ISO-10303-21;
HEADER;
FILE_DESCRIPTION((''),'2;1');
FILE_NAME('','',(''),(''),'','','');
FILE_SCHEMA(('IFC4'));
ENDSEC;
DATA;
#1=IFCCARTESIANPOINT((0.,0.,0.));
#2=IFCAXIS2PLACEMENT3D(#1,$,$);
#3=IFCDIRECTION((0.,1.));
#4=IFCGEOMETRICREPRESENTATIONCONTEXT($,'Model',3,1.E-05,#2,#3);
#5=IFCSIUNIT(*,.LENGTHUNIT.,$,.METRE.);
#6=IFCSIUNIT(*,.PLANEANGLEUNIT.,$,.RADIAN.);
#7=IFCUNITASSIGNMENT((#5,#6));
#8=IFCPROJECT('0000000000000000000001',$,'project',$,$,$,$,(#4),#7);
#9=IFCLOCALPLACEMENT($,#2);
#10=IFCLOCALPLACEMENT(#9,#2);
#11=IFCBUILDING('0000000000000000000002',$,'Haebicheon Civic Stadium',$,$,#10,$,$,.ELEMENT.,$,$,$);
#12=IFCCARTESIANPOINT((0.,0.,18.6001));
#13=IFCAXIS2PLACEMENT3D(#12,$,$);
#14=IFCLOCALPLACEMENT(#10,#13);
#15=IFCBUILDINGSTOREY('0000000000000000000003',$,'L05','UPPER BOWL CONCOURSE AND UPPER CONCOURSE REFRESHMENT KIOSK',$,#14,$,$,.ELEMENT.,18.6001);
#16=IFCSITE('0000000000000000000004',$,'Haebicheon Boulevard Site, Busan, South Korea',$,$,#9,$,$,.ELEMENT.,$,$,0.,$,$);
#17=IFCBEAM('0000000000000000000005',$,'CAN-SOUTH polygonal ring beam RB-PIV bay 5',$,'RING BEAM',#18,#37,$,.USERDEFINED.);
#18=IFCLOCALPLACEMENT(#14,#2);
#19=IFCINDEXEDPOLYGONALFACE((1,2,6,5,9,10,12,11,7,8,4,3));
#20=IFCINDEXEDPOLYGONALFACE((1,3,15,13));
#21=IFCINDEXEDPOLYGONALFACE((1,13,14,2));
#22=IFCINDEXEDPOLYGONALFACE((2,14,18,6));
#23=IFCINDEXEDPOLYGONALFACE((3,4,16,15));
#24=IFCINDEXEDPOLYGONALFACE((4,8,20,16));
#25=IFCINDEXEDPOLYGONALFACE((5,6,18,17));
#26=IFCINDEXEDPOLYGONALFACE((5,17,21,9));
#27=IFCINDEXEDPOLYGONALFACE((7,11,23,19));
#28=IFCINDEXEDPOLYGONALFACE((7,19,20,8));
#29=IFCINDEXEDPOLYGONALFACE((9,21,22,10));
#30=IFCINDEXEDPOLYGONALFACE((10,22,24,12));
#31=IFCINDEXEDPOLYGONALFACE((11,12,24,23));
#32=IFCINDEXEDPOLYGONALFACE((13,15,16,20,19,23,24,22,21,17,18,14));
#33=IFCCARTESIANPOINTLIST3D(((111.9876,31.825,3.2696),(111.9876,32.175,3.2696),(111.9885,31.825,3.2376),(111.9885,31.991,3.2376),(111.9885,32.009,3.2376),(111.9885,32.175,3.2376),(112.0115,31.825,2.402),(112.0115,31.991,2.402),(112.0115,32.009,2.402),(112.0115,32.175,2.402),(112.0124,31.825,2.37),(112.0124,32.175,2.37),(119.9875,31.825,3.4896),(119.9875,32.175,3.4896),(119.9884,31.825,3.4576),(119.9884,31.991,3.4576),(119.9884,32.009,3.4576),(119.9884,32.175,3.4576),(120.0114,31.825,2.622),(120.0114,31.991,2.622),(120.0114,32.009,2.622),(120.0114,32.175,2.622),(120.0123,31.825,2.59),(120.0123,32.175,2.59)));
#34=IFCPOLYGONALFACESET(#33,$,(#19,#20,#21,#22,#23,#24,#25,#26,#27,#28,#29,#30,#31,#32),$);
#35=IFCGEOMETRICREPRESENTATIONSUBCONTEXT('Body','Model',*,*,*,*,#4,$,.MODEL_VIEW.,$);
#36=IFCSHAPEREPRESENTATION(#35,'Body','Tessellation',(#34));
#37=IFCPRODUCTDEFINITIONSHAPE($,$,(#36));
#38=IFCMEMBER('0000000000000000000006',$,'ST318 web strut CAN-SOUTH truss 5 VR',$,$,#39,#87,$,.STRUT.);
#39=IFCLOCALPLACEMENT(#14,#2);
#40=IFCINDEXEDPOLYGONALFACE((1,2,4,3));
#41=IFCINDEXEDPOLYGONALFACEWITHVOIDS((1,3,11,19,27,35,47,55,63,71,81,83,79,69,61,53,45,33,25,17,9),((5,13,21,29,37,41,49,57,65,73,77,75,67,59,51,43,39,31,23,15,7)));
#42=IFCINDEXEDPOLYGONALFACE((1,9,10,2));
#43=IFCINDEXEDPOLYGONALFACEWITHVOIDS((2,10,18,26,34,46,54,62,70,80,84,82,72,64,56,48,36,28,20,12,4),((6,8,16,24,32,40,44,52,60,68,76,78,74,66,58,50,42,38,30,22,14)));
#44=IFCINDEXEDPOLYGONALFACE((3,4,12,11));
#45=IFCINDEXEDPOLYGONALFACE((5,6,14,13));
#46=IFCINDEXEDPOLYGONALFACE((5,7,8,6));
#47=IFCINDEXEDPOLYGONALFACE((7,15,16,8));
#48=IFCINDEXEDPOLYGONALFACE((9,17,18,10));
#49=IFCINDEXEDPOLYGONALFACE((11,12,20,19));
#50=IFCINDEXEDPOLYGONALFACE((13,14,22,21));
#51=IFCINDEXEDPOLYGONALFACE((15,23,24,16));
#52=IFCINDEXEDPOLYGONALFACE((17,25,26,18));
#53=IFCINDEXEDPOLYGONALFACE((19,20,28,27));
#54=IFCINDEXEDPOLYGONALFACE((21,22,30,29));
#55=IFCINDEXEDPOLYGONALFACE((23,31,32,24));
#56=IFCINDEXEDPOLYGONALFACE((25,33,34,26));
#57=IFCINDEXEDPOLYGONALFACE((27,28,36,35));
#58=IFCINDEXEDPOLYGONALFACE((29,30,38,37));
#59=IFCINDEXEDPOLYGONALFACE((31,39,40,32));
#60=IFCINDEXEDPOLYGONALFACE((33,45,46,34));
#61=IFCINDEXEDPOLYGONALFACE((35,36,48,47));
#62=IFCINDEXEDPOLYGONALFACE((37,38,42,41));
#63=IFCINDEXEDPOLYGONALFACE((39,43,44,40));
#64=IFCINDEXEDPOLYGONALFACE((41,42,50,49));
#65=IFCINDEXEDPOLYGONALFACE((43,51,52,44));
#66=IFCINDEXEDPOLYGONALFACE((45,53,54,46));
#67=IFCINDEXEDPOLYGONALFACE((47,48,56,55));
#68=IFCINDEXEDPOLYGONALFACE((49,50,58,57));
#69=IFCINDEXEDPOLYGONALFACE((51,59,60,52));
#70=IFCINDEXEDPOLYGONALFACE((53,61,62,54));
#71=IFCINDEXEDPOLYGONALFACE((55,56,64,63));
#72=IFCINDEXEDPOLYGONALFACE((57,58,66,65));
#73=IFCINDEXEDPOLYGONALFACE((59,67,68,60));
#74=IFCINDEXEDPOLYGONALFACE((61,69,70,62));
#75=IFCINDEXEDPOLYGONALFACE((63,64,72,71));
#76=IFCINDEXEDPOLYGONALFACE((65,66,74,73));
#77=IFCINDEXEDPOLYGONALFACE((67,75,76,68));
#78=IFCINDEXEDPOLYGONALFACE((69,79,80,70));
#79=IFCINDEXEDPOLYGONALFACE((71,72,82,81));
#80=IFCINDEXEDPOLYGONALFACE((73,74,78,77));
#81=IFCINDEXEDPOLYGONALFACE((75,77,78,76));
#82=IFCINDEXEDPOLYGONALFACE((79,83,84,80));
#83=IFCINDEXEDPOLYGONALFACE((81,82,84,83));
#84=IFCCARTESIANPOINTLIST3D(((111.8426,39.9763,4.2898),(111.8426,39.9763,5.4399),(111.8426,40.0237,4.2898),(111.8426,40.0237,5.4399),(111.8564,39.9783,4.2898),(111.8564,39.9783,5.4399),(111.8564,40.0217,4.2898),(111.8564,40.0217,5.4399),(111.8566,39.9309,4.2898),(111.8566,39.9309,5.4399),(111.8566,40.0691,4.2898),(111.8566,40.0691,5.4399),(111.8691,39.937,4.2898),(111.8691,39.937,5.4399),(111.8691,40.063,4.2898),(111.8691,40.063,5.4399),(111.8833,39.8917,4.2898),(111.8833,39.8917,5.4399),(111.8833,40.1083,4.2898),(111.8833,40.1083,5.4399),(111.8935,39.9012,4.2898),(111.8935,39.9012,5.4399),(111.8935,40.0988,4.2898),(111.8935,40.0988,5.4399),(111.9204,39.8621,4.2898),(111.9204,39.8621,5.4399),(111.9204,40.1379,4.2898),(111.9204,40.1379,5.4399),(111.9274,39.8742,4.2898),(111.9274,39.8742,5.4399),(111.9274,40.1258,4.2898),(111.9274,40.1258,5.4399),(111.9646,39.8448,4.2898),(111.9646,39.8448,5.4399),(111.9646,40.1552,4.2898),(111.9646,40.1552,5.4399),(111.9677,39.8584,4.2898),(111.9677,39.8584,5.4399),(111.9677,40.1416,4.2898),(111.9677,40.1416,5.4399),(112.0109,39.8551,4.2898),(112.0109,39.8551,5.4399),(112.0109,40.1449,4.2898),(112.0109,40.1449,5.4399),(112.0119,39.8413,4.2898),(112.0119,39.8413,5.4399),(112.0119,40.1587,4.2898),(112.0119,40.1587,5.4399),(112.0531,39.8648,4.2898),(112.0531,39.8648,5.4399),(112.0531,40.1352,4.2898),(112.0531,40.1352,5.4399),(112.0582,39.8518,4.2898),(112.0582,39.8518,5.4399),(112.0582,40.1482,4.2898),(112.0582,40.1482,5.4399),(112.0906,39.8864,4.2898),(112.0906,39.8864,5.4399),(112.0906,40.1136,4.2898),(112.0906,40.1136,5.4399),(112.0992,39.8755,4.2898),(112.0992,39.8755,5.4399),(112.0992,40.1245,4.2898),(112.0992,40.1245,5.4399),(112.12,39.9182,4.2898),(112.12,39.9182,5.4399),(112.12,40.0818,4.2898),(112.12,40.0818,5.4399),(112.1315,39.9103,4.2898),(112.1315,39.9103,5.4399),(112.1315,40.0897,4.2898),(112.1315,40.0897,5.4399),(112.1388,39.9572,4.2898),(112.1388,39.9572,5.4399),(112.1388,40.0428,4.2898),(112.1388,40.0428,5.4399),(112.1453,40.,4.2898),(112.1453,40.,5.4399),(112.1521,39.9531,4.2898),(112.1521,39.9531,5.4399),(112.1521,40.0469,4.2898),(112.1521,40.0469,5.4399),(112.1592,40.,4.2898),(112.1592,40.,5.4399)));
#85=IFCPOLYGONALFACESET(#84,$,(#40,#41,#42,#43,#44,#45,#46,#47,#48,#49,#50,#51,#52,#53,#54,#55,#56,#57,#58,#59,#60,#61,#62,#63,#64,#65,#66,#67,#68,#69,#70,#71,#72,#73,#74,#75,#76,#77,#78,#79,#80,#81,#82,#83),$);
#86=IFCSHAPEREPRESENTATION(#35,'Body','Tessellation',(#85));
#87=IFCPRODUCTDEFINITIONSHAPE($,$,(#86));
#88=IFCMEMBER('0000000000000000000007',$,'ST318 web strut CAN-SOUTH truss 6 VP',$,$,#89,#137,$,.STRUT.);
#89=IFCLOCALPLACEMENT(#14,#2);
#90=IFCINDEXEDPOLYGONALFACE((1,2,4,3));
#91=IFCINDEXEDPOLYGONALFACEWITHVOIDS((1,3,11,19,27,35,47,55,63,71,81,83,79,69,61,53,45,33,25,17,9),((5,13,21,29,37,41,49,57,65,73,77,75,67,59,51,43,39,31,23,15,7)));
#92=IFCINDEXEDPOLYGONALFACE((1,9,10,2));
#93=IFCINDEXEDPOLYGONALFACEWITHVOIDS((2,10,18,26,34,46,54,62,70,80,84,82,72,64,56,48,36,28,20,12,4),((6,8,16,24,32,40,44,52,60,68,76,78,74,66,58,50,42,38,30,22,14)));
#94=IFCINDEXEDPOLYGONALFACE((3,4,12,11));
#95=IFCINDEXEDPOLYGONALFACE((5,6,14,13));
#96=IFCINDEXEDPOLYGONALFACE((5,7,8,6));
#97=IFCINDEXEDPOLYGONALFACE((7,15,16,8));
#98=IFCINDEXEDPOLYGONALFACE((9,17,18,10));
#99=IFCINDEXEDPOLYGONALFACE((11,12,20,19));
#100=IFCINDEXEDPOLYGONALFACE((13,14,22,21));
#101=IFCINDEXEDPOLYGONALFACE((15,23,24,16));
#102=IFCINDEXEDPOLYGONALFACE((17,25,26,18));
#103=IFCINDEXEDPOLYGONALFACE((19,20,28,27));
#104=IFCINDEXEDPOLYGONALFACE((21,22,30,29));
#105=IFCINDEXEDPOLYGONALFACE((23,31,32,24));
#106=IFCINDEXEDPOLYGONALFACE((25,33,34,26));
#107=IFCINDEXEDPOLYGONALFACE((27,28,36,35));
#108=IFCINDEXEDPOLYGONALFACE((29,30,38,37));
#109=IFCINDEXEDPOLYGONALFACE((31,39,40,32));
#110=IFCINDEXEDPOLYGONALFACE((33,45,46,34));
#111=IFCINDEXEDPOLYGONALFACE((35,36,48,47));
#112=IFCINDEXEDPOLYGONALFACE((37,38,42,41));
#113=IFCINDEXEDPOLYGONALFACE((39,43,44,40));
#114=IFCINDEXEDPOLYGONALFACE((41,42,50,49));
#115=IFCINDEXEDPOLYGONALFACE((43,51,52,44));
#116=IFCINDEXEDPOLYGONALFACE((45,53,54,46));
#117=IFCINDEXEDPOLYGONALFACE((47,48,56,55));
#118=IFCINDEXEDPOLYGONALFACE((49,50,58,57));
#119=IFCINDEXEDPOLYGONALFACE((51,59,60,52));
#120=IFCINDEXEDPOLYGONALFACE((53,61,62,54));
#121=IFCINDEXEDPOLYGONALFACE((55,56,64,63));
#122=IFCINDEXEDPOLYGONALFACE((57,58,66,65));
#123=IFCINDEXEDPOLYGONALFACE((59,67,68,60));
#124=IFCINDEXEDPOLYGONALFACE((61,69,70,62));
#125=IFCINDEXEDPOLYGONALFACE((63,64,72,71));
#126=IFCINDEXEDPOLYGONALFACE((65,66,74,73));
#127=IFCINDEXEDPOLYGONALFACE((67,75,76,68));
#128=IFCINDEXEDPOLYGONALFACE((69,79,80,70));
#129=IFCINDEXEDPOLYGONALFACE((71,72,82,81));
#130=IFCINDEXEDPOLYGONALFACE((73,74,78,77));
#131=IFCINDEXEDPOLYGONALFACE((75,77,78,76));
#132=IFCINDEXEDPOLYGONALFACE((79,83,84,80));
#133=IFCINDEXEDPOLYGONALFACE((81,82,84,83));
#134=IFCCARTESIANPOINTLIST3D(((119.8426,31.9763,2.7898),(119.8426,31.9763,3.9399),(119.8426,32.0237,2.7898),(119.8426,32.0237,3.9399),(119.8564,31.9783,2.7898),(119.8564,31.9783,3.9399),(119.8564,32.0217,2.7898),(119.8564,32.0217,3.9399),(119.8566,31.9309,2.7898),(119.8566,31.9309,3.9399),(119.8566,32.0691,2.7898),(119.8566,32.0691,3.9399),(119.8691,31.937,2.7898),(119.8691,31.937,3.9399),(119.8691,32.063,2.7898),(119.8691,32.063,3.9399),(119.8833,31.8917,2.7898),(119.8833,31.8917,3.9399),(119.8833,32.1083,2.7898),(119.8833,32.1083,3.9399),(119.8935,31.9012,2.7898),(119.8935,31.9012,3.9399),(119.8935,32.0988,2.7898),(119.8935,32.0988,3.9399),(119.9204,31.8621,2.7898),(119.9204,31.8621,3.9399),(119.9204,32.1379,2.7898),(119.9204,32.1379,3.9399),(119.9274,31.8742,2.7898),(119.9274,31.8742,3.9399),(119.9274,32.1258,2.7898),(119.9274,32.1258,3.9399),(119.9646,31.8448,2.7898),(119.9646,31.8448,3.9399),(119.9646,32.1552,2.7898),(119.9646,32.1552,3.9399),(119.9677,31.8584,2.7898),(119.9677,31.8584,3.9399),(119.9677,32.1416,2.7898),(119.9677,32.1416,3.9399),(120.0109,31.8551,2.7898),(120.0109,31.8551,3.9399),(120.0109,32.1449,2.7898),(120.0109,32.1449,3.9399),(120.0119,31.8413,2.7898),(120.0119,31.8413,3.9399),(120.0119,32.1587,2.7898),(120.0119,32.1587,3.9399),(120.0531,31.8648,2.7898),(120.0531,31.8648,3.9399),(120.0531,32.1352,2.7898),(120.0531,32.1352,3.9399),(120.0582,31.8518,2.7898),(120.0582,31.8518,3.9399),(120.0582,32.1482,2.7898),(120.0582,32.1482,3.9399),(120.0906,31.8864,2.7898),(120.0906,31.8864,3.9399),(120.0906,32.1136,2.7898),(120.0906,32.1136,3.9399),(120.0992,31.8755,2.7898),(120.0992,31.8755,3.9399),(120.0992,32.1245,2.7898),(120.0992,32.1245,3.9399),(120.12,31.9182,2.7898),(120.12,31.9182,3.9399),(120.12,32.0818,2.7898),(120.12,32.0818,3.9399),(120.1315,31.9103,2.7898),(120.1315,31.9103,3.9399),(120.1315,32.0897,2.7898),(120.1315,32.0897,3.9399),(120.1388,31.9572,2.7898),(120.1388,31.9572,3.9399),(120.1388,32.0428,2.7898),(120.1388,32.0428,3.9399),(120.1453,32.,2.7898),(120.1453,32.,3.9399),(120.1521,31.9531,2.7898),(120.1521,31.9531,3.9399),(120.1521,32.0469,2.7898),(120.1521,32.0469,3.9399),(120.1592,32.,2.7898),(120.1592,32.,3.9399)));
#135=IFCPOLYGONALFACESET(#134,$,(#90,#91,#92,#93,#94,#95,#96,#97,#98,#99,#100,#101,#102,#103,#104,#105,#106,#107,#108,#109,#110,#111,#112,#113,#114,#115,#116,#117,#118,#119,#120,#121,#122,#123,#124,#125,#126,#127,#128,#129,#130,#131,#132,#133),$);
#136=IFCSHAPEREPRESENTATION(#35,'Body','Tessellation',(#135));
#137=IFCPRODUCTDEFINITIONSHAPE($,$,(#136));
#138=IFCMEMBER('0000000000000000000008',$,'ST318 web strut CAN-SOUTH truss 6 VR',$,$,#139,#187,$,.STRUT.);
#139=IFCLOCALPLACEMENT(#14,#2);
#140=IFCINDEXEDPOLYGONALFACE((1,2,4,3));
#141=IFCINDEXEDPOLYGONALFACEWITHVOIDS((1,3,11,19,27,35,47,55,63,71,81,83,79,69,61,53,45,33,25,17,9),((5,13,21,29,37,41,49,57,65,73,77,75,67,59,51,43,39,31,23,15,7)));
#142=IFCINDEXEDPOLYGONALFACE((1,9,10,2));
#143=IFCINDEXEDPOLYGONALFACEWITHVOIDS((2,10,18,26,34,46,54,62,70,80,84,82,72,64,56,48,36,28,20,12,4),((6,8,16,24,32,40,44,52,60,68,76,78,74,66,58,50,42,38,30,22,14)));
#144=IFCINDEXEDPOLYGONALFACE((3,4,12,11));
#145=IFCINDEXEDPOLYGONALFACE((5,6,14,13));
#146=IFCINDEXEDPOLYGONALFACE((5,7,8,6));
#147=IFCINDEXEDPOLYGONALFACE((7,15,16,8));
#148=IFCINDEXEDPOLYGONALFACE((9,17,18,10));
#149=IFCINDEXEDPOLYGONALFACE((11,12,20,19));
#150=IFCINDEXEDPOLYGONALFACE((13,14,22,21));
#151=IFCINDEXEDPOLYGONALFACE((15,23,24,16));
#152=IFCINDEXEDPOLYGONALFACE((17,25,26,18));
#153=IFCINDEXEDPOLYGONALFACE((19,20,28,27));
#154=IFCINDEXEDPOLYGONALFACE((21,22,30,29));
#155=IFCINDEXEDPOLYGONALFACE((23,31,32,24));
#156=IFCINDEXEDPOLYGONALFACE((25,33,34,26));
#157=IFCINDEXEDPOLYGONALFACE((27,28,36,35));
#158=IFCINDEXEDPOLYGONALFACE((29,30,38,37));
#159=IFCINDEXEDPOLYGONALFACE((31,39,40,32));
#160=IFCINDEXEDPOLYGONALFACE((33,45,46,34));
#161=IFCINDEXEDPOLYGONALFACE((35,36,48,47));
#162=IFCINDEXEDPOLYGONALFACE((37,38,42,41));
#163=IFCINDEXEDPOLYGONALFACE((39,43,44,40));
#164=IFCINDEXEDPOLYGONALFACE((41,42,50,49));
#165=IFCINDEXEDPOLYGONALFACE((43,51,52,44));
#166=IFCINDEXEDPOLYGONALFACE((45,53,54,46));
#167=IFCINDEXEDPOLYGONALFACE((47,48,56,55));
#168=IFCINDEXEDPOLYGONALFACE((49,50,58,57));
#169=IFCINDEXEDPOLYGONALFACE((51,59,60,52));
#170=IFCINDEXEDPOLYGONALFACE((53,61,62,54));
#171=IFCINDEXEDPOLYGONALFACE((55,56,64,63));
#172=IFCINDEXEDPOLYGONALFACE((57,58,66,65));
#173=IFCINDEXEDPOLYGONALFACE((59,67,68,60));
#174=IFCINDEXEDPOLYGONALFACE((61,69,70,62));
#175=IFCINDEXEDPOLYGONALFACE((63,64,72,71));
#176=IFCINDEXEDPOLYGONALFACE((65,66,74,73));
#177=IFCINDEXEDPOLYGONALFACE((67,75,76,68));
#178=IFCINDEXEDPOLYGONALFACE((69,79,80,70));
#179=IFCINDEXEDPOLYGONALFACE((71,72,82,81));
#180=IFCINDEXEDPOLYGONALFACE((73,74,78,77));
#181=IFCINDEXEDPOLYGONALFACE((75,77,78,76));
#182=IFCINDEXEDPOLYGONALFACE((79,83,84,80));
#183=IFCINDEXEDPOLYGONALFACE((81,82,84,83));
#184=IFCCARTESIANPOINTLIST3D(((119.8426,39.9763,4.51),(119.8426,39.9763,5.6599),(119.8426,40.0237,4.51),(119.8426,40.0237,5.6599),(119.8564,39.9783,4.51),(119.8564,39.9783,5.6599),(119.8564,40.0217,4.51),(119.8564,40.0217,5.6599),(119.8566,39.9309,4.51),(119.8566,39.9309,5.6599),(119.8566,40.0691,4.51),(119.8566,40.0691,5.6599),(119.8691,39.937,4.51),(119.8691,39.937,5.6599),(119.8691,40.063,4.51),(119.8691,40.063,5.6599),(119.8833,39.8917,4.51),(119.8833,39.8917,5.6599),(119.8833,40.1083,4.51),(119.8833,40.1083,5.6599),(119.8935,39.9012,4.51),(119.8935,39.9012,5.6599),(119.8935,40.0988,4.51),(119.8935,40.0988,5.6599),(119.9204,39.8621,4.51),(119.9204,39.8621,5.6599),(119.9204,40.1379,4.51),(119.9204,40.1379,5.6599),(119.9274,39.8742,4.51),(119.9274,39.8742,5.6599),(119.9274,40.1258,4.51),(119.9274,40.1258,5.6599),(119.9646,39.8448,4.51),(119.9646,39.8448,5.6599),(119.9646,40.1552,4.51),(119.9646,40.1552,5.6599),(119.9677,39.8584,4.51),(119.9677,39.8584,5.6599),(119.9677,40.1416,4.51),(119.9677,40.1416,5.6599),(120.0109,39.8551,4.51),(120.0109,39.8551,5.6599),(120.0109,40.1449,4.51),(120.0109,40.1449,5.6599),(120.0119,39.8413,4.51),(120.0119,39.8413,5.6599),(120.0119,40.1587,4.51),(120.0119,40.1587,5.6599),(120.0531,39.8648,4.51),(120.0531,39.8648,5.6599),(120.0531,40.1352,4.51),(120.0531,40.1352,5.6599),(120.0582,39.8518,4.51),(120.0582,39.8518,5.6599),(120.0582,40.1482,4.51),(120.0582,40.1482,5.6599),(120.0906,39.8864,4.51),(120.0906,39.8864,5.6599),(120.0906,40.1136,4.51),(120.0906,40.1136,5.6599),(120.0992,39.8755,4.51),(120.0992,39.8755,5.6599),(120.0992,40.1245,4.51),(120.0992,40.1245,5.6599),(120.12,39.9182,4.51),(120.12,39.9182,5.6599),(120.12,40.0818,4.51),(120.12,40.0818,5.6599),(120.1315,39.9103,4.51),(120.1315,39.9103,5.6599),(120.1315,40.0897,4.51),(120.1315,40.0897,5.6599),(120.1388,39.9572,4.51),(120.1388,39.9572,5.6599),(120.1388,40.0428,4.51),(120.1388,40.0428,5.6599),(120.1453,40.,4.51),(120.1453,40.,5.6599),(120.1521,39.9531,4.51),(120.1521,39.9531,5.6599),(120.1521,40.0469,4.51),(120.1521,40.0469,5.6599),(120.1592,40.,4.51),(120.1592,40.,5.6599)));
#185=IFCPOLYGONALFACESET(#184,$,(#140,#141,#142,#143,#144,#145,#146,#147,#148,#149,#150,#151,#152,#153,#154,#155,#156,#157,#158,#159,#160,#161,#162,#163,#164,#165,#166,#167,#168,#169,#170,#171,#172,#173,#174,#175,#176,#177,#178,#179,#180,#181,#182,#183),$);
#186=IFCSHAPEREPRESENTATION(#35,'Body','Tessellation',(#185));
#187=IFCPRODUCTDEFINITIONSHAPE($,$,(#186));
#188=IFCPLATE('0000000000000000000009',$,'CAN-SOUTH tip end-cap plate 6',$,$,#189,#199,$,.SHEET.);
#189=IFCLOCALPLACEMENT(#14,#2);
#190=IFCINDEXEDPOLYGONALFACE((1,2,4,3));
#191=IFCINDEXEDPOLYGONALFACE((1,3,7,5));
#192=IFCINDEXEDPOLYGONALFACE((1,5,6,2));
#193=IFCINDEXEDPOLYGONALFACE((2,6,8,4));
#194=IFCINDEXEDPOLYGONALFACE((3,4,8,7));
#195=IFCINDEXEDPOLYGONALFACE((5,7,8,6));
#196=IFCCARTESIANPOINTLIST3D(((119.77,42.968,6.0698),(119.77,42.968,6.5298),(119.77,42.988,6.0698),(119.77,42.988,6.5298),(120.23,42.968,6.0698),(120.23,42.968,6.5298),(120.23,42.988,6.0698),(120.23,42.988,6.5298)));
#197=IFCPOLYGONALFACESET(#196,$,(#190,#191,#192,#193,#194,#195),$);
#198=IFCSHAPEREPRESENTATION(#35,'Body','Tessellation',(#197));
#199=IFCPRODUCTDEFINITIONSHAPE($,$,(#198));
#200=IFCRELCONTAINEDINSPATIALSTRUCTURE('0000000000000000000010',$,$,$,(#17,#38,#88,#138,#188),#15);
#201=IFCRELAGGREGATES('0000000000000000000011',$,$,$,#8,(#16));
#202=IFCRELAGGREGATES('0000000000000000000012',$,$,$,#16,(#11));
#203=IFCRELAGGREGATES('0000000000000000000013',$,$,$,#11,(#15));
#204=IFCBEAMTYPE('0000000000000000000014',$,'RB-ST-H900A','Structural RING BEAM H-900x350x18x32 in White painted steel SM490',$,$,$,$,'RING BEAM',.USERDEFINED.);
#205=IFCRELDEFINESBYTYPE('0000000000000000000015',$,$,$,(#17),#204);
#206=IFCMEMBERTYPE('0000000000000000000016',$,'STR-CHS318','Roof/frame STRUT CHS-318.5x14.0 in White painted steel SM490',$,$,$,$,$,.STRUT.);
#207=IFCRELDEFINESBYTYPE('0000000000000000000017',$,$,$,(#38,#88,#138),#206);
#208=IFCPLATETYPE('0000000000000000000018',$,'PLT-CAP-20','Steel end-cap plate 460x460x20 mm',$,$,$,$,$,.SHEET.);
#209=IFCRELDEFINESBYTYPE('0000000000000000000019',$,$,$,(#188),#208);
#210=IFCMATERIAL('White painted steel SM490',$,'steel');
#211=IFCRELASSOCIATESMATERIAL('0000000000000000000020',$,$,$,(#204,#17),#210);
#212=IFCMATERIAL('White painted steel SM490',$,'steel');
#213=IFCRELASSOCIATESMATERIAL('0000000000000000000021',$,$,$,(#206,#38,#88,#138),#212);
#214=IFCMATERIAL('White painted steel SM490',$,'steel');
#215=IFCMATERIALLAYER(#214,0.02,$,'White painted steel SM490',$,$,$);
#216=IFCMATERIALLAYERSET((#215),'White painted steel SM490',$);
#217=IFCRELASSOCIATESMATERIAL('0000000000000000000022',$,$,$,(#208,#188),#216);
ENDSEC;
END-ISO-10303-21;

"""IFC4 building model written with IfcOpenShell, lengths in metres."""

from ifc_helpers import new_model, si_unit, direction, frame, origin, origin_2d, place, context, subcontext, project, spatial, rectangle, hollow_circle, i_section, extrude, material, layer, layer_set, material_profile, profile_set, type_object, element, save


model = new_model("IFC4")

# Units and contexts
model_context = context("Model", 3, precision=1e-05, world=origin(), true_north=direction((0.0, 1.0)))
body_context = subcontext(model_context, "Body", "Model", "MODEL_VIEW")
ifc_project = project(units=[si_unit("LENGTHUNIT", "METRE"), si_unit("PLANEANGLEUNIT", "RADIAN")], contexts=[model_context])

# Site, building, storey
site_placement = place(None, origin())
site = spatial("IfcSite", under=ifc_project, at=site_placement, Name="Haebicheon Boulevard Site, Busan, South Korea", CompositionType="ELEMENT", RefElevation=0.0)
building_placement = place(site_placement, origin())
building = spatial("IfcBuilding", under=site, at=building_placement, Name="Haebicheon Civic Stadium", CompositionType="ELEMENT")
storey_placement = place(building_placement, frame((0.0, 0.0, 18.6001)))
storey = spatial("IfcBuildingStorey", under=building, at=storey_placement, Name="L05", Description="UPPER BOWL CONCOURSE AND UPPER CONCOURSE REFRESHMENT KIOSK", CompositionType="ELEMENT", Elevation=18.6001)

# Beam
ifc_material_1 = material(Name="White painted steel SM490", Category="steel")
ifc_material_profile_1 = material_profile(ifc_material_1, i_section(OverallWidth=0.3501, OverallDepth=0.8999, WebThickness=0.0181, FlangeThickness=0.032, at=origin_2d()), Name="H-900x350x18x32")
ifc_profile_set_1 = profile_set([ifc_material_profile_1], Name="White painted steel SM490")
beam_type_1 = type_object("IfcBeamType", Name="RB-ST-H900A", Description="Structural RING BEAM H-900x350x18x32 in White painted steel SM490", ElementType="RING BEAM", PredefinedType="USERDEFINED", material=ifc_profile_set_1)
beam_1_placement = place(storey_placement, frame((112.0, 32.0, 2.8198), z_axis=(0.999622, 0.0, 0.027486), x_axis=(0.0, 1.0, 0.0)))
element("IfcBeam", 1, at=beam_1_placement, inside=storey, type_object=beam_type_1, material=ifc_profile_set_1, Name="CAN-SOUTH polygonal ring beam RB-PIV bay 5", ObjectType="RING BEAM", PredefinedType="USERDEFINED", context=body_context, shape_type="SweptSolid", body=[
    extrude(i_section(OverallWidth=0.3501, OverallDepth=0.8999, WebThickness=0.0181, FlangeThickness=0.032, at=origin_2d()), origin(), (0.0, 0.0, 1.0), 8.0029),
])

# Members
ifc_material_2 = material(Name="White painted steel SM490", Category="steel")
ifc_material_profile_2 = material_profile(ifc_material_2, hollow_circle(Radius=0.1592, WallThickness=0.0139, at=origin_2d()), Name="CHS-318.5x14.0")
ifc_profile_set_2 = profile_set([ifc_material_profile_2], Name="White painted steel SM490")
member_type_1 = type_object("IfcMemberType", Name="STR-CHS318", Description="Roof/frame STRUT CHS-318.5x14.0 in White painted steel SM490", PredefinedType="STRUT", material=ifc_profile_set_2)
for number, where, z_axis, x_axis, name in (
    (2, (112.0, 40.0, 4.2898), (0.0, 0.0, 1.0), (1.0, 0.0, 0.0), "ST318 web strut CAN-SOUTH truss 5 VR"),
    (3, (120.0, 32.0, 2.7898), (0.0, 0.0, 1.0), (1.0, 0.0, 0.0), "ST318 web strut CAN-SOUTH truss 6 VP"),
):
    element("IfcMember", number, at=place(storey_placement, frame(where, z_axis=z_axis, x_axis=x_axis)), inside=storey, type_object=member_type_1, material=ifc_profile_set_2, Name=name, PredefinedType="STRUT", context=body_context, shape_type="SweptSolid", body=[
        extrude(hollow_circle(Radius=0.1592, WallThickness=0.0139, at=origin_2d()), origin(), (0.0, 0.0, 1.0), 1.1501),
    ])
member_1_placement = place(storey_placement, frame((120.0, 40.0, 4.51), z_axis=(0.0, 0.0, 1.0), x_axis=(1.0, 0.0, 0.0)))
element("IfcMember", 4, at=member_1_placement, inside=storey, type_object=member_type_1, material=ifc_profile_set_2, Name="ST318 web strut CAN-SOUTH truss 6 VR", PredefinedType="STRUT", context=body_context, shape_type="SweptSolid", body=[
    extrude(hollow_circle(Radius=0.1592, WallThickness=0.0139, at=origin_2d()), origin(), (0.0, 0.0, 1.0), 1.1499),
])

# Plate
ifc_material_3 = material(Name="White painted steel SM490", Category="steel")
ifc_layer_1 = layer(ifc_material_3, 0.02, Name="White painted steel SM490")
ifc_layer_set_1 = layer_set([ifc_layer_1], Name="White painted steel SM490")
plate_type_1 = type_object("IfcPlateType", Name="PLT-CAP-20", Description="Steel end-cap plate 460x460x20 mm", PredefinedType="SHEET", material=ifc_layer_set_1)
plate_1_placement = place(storey_placement, frame((120.0, 42.978, 6.0698), z_axis=(0.0, 0.0, 1.0), x_axis=(-1.0, 0.0, 0.0)))
element("IfcPlate", 5, at=plate_1_placement, inside=storey, type_object=plate_type_1, material=ifc_layer_set_1, Name="CAN-SOUTH tip end-cap plate 6", PredefinedType="SHEET", context=body_context, shape_type="SweptSolid", body=[
    extrude(rectangle(XDim=0.46, YDim=0.02, at=origin_2d()), origin(), (0.0, 0.0, 1.0), 0.46),
])

save(model, "model.ifc")
